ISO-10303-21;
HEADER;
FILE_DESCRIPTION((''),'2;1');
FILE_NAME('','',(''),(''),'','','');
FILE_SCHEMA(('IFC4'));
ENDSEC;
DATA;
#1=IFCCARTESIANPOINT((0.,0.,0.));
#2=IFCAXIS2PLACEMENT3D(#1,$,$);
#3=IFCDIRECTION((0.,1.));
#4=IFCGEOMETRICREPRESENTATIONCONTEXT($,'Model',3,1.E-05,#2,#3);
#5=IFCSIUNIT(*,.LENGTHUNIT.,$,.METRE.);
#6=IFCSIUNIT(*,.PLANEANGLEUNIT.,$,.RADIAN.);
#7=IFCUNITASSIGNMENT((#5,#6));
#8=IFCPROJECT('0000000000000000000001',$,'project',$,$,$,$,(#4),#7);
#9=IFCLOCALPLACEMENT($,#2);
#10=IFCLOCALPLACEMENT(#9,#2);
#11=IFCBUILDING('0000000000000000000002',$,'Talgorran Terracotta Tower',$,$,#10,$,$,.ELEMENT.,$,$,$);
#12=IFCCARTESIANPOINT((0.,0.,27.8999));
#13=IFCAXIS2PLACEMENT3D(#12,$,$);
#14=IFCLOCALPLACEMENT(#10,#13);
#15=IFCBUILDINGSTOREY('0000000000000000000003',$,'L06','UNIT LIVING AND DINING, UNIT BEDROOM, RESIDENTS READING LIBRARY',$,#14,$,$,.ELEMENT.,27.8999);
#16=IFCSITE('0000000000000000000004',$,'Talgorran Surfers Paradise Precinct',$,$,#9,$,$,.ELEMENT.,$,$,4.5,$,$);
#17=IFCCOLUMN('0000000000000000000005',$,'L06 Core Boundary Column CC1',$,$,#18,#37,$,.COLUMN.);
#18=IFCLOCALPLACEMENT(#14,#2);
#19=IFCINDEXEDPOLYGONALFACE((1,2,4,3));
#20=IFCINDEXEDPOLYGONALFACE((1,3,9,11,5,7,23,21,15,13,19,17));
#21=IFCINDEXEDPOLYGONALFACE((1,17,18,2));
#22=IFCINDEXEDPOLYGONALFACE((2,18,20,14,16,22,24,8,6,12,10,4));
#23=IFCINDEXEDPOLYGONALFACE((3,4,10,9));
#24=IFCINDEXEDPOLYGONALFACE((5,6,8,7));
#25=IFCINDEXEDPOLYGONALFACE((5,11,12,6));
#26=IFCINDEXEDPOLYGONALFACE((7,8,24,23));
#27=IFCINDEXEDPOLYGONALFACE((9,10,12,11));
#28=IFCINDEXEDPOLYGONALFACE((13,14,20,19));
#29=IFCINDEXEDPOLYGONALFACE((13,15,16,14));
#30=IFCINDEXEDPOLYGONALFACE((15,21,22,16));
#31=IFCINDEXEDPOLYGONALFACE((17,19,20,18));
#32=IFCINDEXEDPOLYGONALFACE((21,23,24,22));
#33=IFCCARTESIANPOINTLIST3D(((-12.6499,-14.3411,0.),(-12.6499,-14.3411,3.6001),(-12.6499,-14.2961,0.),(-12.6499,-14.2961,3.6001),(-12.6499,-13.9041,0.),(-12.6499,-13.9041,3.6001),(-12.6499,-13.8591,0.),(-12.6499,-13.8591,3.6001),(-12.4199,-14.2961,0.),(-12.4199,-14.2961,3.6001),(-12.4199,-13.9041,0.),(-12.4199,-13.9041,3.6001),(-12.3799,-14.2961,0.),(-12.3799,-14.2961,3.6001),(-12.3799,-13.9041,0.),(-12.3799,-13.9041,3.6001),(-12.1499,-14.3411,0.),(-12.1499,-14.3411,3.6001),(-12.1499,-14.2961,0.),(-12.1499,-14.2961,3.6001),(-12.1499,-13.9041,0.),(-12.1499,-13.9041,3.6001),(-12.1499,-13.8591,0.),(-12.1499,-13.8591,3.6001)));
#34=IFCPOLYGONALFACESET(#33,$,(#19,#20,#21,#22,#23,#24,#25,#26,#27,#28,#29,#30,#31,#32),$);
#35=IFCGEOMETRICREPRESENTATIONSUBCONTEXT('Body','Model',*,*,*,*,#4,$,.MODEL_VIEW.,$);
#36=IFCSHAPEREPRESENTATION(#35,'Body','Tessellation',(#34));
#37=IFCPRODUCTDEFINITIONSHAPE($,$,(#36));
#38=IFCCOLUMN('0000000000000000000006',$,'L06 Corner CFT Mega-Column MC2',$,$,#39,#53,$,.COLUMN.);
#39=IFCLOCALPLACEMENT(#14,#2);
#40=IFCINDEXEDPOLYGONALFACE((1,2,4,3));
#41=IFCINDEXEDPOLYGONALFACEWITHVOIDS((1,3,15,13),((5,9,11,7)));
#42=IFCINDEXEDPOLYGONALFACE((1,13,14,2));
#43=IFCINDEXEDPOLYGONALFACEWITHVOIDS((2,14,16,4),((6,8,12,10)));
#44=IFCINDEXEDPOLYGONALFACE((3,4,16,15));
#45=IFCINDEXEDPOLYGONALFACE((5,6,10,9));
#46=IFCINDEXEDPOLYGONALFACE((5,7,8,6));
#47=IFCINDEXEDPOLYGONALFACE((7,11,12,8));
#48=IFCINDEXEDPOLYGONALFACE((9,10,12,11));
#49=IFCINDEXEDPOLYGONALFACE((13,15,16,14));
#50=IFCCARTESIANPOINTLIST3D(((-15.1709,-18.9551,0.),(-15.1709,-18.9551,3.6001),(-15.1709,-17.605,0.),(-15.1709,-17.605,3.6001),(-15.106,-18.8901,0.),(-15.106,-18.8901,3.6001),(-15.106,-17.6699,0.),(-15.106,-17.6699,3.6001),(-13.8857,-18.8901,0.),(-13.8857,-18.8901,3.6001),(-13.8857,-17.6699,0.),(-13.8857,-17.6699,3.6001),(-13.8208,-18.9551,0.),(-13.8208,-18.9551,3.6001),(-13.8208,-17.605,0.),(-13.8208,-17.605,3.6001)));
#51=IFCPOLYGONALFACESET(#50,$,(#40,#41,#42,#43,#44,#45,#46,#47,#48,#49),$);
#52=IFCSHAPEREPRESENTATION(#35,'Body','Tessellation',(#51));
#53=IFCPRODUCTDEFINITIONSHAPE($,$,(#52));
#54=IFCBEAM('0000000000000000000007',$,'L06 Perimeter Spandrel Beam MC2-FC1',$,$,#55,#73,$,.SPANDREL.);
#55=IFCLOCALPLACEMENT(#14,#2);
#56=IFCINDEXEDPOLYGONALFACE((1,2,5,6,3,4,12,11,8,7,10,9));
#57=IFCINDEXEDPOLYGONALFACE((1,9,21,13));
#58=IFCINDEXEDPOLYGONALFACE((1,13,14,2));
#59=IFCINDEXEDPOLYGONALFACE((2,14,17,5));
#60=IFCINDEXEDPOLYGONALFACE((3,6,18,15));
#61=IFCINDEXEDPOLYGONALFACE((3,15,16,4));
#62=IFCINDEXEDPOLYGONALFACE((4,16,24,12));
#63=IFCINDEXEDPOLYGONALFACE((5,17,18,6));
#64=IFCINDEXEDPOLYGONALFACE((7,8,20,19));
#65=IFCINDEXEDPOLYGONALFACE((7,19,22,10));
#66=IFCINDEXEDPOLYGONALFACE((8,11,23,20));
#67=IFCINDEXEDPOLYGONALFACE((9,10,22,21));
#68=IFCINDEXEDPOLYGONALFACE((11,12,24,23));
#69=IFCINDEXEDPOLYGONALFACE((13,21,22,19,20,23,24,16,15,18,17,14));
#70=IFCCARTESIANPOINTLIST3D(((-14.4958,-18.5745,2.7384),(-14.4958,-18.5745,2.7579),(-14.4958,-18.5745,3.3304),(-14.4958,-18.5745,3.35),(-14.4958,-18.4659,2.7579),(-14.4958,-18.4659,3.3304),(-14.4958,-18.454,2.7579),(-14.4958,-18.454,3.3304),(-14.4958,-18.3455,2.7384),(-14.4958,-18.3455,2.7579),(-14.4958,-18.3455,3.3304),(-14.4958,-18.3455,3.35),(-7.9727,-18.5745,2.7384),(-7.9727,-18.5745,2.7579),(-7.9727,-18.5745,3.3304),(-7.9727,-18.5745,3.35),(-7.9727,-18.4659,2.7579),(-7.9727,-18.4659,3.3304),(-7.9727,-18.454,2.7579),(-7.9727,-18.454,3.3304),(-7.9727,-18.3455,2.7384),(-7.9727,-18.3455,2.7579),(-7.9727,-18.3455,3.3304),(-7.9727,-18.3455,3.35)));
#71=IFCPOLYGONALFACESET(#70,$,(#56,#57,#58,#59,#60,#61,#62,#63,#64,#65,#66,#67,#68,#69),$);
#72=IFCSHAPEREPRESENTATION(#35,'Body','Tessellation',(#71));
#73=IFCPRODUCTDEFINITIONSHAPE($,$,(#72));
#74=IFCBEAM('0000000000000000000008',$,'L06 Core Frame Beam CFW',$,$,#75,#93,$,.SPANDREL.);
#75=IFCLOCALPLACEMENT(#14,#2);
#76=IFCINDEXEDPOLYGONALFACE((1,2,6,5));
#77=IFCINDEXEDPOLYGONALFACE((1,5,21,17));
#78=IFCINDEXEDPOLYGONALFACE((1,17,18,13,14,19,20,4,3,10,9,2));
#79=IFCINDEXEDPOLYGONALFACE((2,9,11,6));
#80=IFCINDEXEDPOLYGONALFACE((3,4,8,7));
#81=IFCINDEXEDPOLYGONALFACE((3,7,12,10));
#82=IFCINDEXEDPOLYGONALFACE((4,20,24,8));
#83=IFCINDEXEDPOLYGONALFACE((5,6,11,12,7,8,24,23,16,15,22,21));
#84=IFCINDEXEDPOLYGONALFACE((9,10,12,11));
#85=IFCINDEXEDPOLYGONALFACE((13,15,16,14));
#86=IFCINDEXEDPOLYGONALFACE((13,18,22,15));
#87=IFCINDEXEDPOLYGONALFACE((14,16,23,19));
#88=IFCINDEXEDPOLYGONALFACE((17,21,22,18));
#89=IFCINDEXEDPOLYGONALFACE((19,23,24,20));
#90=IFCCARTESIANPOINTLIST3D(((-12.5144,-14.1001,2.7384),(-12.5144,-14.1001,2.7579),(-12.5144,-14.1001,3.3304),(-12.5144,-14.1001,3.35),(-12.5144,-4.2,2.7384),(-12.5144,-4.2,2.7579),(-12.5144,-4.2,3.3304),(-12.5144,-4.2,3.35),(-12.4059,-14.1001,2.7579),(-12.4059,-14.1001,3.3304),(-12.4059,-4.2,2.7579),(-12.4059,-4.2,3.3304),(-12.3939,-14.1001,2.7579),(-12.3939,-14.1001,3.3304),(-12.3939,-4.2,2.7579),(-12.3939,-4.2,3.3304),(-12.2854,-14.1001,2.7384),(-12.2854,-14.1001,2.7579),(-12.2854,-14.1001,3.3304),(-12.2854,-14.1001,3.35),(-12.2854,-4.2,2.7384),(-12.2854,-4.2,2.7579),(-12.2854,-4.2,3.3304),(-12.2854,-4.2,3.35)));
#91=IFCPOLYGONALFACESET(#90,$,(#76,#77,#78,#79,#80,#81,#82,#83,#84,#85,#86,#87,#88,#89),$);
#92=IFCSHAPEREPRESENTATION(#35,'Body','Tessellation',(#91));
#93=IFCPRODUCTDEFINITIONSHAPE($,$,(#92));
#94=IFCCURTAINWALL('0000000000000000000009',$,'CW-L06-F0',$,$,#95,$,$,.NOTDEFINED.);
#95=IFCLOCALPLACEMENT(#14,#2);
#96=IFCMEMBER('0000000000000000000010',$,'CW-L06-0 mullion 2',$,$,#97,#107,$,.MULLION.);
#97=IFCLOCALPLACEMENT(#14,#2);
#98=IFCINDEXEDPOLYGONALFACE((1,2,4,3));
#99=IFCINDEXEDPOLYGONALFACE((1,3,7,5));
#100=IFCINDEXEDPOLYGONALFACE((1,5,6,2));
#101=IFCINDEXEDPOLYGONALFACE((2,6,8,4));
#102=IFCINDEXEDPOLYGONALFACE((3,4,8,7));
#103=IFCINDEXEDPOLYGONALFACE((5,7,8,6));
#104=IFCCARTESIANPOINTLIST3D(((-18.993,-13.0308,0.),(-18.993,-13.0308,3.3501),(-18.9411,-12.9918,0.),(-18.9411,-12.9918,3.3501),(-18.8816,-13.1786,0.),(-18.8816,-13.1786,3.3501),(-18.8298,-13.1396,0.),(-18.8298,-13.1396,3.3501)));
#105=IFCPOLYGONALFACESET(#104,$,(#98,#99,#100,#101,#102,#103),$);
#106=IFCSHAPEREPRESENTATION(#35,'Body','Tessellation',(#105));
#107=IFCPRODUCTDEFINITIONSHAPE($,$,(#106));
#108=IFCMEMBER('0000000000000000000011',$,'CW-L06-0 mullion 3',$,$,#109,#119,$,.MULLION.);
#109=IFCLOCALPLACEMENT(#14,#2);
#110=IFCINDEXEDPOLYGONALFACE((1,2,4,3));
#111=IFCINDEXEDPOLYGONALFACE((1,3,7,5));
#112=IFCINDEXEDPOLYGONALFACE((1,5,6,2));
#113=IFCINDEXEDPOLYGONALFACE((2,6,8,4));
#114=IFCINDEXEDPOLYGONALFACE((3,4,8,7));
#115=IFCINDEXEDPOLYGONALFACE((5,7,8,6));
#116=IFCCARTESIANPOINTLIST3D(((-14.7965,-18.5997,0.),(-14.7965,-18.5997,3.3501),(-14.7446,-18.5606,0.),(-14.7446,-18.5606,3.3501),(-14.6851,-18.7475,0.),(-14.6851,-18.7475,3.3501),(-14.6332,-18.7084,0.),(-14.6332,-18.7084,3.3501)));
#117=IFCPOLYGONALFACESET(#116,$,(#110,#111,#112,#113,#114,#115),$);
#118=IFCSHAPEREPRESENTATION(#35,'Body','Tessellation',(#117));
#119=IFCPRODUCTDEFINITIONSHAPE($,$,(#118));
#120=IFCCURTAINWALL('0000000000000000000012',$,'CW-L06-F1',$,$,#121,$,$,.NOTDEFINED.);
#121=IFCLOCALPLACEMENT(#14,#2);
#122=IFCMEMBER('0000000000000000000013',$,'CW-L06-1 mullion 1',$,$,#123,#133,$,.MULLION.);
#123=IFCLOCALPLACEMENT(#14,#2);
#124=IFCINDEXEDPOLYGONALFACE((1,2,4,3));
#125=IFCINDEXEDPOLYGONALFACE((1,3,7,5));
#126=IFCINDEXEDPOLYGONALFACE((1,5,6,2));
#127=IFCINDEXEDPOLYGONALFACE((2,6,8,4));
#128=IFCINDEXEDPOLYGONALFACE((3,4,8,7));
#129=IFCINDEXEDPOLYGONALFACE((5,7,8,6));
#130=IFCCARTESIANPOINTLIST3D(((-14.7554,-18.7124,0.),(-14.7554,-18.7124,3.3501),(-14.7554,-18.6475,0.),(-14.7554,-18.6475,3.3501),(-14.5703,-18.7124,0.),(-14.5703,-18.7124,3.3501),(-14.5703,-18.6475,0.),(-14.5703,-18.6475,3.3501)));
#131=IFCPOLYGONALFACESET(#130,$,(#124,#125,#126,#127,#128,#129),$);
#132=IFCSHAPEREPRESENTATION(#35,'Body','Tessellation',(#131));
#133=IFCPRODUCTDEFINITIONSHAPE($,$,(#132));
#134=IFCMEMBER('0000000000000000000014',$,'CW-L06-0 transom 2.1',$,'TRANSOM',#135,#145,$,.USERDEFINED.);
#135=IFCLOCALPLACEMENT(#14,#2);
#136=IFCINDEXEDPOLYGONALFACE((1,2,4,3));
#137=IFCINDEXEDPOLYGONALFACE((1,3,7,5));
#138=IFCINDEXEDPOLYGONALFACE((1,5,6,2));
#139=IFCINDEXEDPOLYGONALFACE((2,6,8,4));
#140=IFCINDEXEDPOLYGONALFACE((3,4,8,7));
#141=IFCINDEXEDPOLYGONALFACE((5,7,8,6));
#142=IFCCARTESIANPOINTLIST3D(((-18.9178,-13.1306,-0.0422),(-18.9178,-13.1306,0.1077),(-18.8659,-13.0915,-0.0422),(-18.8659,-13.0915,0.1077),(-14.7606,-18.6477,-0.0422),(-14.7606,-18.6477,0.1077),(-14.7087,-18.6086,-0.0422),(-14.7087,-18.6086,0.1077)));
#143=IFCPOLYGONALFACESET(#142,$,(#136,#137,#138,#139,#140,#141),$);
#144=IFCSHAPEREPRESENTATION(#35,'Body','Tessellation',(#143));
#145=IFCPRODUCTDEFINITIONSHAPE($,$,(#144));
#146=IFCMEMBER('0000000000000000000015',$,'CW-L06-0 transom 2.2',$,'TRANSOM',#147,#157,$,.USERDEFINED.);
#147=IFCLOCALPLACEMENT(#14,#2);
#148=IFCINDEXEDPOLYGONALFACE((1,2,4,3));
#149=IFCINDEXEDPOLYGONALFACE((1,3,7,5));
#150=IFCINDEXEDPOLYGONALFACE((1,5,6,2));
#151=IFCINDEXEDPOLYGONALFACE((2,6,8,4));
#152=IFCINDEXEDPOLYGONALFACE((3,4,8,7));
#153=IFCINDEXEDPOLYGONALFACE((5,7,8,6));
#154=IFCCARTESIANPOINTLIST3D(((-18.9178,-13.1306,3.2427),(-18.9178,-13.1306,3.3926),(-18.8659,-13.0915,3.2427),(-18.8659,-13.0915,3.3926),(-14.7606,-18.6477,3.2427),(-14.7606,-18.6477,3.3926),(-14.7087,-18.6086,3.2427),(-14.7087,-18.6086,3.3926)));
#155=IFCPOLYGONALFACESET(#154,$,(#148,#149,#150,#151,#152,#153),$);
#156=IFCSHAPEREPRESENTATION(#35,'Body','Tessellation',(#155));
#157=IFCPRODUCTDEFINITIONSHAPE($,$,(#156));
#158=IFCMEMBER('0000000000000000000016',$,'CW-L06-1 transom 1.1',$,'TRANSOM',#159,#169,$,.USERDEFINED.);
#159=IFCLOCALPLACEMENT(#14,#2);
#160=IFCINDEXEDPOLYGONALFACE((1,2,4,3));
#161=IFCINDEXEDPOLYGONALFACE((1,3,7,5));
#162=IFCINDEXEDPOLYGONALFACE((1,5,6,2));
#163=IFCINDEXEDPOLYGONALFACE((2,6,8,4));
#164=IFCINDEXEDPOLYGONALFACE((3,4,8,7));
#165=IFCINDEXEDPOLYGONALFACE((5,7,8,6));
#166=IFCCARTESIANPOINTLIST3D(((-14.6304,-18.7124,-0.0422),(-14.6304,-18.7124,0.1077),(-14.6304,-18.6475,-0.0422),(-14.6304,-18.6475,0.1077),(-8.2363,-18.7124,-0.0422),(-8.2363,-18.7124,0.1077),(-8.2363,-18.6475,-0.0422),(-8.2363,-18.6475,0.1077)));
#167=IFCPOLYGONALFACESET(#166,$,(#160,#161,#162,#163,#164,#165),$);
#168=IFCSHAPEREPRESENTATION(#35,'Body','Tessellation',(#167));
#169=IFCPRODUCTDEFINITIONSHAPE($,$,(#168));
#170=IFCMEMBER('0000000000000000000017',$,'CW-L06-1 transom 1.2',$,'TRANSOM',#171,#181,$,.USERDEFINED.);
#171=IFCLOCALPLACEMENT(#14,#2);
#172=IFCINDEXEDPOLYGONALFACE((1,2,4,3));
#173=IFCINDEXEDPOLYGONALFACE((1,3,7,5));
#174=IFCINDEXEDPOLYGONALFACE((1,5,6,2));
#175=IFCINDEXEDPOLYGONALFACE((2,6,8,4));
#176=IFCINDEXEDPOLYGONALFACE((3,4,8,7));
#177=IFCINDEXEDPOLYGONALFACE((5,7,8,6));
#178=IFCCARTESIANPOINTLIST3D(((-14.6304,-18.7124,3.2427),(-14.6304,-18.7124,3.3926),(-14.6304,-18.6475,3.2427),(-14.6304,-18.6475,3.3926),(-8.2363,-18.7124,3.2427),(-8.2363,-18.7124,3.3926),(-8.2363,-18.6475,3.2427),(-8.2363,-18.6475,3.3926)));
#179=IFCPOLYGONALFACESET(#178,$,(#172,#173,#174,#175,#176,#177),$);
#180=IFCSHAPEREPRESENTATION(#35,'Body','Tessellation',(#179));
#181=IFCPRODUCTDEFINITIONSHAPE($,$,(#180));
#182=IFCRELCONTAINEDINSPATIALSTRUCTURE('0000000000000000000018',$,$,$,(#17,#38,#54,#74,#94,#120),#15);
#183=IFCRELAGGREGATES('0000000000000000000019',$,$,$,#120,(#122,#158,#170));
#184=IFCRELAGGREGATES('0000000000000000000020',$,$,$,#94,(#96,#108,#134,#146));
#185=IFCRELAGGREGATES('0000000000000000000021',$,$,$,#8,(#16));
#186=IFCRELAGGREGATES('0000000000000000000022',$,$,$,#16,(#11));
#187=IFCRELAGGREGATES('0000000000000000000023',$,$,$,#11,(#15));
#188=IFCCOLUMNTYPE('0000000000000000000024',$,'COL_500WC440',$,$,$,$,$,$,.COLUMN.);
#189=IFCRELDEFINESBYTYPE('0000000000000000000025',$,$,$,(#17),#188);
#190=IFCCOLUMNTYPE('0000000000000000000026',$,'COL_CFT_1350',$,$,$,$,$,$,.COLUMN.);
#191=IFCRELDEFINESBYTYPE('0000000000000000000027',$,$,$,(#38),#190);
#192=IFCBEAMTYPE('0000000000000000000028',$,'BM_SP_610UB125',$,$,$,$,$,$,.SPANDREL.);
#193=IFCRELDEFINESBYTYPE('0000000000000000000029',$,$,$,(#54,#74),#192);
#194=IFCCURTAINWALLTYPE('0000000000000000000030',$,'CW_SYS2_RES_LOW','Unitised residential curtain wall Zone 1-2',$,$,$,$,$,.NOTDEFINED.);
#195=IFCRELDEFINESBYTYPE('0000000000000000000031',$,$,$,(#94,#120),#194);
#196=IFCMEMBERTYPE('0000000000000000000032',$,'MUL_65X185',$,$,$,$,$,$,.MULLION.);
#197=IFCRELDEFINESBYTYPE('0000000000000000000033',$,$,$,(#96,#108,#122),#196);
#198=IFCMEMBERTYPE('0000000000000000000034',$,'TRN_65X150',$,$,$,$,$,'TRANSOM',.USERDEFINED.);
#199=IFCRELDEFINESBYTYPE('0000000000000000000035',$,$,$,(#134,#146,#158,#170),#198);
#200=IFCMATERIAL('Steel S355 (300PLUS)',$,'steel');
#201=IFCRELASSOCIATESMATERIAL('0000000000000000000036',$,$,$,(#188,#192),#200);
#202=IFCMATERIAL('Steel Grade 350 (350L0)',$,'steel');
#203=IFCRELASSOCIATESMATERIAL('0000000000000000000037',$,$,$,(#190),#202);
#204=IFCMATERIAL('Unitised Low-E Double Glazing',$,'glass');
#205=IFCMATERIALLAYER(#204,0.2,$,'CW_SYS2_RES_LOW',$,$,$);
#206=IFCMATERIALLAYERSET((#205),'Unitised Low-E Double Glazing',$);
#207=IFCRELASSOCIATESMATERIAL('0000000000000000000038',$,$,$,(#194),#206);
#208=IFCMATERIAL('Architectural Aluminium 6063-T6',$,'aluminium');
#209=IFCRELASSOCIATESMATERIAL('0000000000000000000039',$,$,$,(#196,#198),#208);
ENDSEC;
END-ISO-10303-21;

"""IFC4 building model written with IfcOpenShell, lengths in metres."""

from ifc_helpers import new_model, si_unit, direction, frame, origin, origin_2d, place, context, subcontext, project, spatial, rectangle, hollow_rectangle, i_section, extrude, material, layer, layer_set, material_profile, profile_set, type_object, element, aggregate, save


model = new_model("IFC4")

# Units and contexts
model_context = context("Model", 3, precision=1e-05, world=origin(), true_north=direction((0.0, 1.0)))
body_context = subcontext(model_context, "Body", "Model", "MODEL_VIEW")
ifc_project = project(units=[si_unit("LENGTHUNIT", "METRE"), si_unit("PLANEANGLEUNIT", "RADIAN")], contexts=[model_context])

# Site, building, storey
site_placement = place(None, origin())
site = spatial("IfcSite", under=ifc_project, at=site_placement, Name="Talgorran Surfers Paradise Precinct", CompositionType="ELEMENT", RefElevation=4.5)
building_placement = place(site_placement, origin())
building = spatial("IfcBuilding", under=site, at=building_placement, Name="Talgorran Terracotta Tower", CompositionType="ELEMENT")
storey_placement = place(building_placement, frame((0.0, 0.0, 27.8999)))
storey = spatial("IfcBuildingStorey", under=building, at=storey_placement, Name="L06", Description="UNIT LIVING AND DINING, UNIT BEDROOM, RESIDENTS READING LIBRARY", CompositionType="ELEMENT", Elevation=27.8999)

# Columns
ifc_material_1 = material(Name="Steel S355 (300PLUS)", Category="steel")
ifc_material_profile_1 = material_profile(ifc_material_1, i_section(OverallWidth=0.5, OverallDepth=0.4819, WebThickness=0.04, FlangeThickness=0.0449, at=origin_2d()), Name="500WC440")
ifc_profile_set_1 = profile_set([ifc_material_profile_1], Name="Steel S355 (300PLUS)")
column_type_1 = type_object("IfcColumnType", Name="COL_500WC440", PredefinedType="COLUMN", material=ifc_profile_set_1)
column_1_placement = place(storey_placement, frame((-12.3999, -14.1001, 0.0), z_axis=(0.0, 0.0, 1.0), x_axis=(1.0, 0.0, 0.0)))
element("IfcColumn", 1, at=column_1_placement, inside=storey, type_object=column_type_1, Name="L06 Core Boundary Column CC1", PredefinedType="COLUMN", context=body_context, shape_type="SweptSolid", body=[
    extrude(i_section(OverallWidth=0.5, OverallDepth=0.4819, WebThickness=0.04, FlangeThickness=0.0449, at=origin_2d()), origin(), (0.0, 0.0, 1.0), 3.6001),
])
ifc_material_2 = material(Name="Steel Grade 350 (350L0)", Category="steel")
ifc_material_profile_2 = material_profile(ifc_material_2, hollow_rectangle(XDim=1.3501, YDim=1.3501, WallThickness=0.0649, at=origin_2d()), Name="CFT1350X1350X65")
ifc_profile_set_2 = profile_set([ifc_material_profile_2], Name="Steel Grade 350 (350L0)")
column_type_2 = type_object("IfcColumnType", Name="COL_CFT_1350", PredefinedType="COLUMN", material=ifc_profile_set_2)
column_2_placement = place(storey_placement, frame((-14.4958, -18.28, 0.0), z_axis=(0.0, 0.0, 1.0), x_axis=(1.0, 0.0, 0.0)))
element("IfcColumn", 2, at=column_2_placement, inside=storey, type_object=column_type_2, Name="L06 Corner CFT Mega-Column MC2", PredefinedType="COLUMN", context=body_context, shape_type="SweptSolid", body=[
    extrude(hollow_rectangle(XDim=1.3501, YDim=1.3501, WallThickness=0.0649, at=origin_2d()), origin(), (0.0, 0.0, 1.0), 3.6001),
])

# Beams
ifc_material_profile_3 = material_profile(ifc_material_1, i_section(OverallWidth=0.229, OverallDepth=0.6116, WebThickness=0.012, FlangeThickness=0.0195, at=origin_2d()), Name="610UB125")
ifc_profile_set_3 = profile_set([ifc_material_profile_3], Name="Steel S355 (300PLUS)")
beam_type = type_object("IfcBeamType", Name="BM_SP_610UB125", PredefinedType="SPANDREL", material=ifc_profile_set_3)
beam_1_placement = place(storey_placement, frame((-14.4958, -18.46, 3.0442), z_axis=(1.0, 0.0, 0.0), x_axis=(0.0, 1.0, 0.0)))
element("IfcBeam", 3, at=beam_1_placement, inside=storey, type_object=beam_type, Name="L06 Perimeter Spandrel Beam MC2-FC1", PredefinedType="SPANDREL", context=body_context, shape_type="SweptSolid", body=[
    extrude(i_section(OverallWidth=0.229, OverallDepth=0.6116, WebThickness=0.012, FlangeThickness=0.0195, at=origin_2d()), origin(), (0.0, 0.0, 1.0), 6.5232),
])
beam_2_placement = place(storey_placement, frame((-12.3999, -14.1001, 3.0442), z_axis=(0.0, 1.0, 0.0), x_axis=(-1.0, 0.0, 0.0)))
element("IfcBeam", 4, at=beam_2_placement, inside=storey, type_object=beam_type, Name="L06 Core Frame Beam CFW", PredefinedType="SPANDREL", context=body_context, shape_type="SweptSolid", body=[
    extrude(i_section(OverallWidth=0.229, OverallDepth=0.6116, WebThickness=0.012, FlangeThickness=0.0195, at=origin_2d()), origin(), (0.0, 0.0, 1.0), 9.9001),
])

# Curtain wall, members
ifc_material_3 = material(Name="Unitised Low-E Double Glazing", Category="glass")
ifc_layer_1 = layer(ifc_material_3, 0.2, Name="CW_SYS2_RES_LOW")
ifc_layer_set_1 = layer_set([ifc_layer_1], Name="Unitised Low-E Double Glazing")
curtain_wall_type = type_object("IfcCurtainWallType", Name="CW_SYS2_RES_LOW", Description="Unitised residential curtain wall Zone 1-2", PredefinedType="NOTDEFINED", material=ifc_layer_set_1)
curtain_wall_1_placement = place(storey_placement, origin())
curtain_wall_1 = element("IfcCurtainWall", 5, at=curtain_wall_1_placement, inside=storey, type_object=curtain_wall_type, Name="CW-L06-F0", PredefinedType="NOTDEFINED")
ifc_material_4 = material(Name="Architectural Aluminium 6063-T6", Category="aluminium")
ifc_material_profile_4 = material_profile(ifc_material_4, rectangle(XDim=0.0649, YDim=0.1851, at=origin_2d()), Name="CWM65X185")
ifc_profile_set_4 = profile_set([ifc_material_profile_4], Name="Architectural Aluminium 6063-T6")
member_type_1 = type_object("IfcMemberType", Name="MUL_65X185", PredefinedType="MULLION", material=ifc_profile_set_4)
member_1_placement = place(storey_placement, frame((-18.9114, -13.0852, 0.0), z_axis=(0.0, 0.0, 1.0), x_axis=(0.798638, 0.601812, 0.0)))
member_1 = element("IfcMember", 6, at=member_1_placement, type_object=member_type_1, Name="CW-L06-0 mullion 2", PredefinedType="MULLION", context=body_context, shape_type="SweptSolid", body=[
    extrude(rectangle(XDim=0.0649, YDim=0.1851, at=origin_2d()), origin(), (0.0, 0.0, 1.0), 3.3501),
])
member_2_placement = place(storey_placement, frame((-14.7148, -18.6541, 0.0), z_axis=(0.0, 0.0, 1.0), x_axis=(0.798638, 0.601812, 0.0)))
member_2 = element("IfcMember", 7, at=member_2_placement, type_object=member_type_1, Name="CW-L06-0 mullion 3", PredefinedType="MULLION", context=body_context, shape_type="SweptSolid", body=[
    extrude(rectangle(XDim=0.0649, YDim=0.1851, at=origin_2d()), origin(), (0.0, 0.0, 1.0), 3.3501),
])

# Curtain wall, member
curtain_wall_2_placement = place(storey_placement, origin())
curtain_wall_2 = element("IfcCurtainWall", 8, at=curtain_wall_2_placement, inside=storey, type_object=curtain_wall_type, Name="CW-L06-F1", PredefinedType="NOTDEFINED")
member_3_placement = place(storey_placement, frame((-14.6628, -18.6799, 0.0), z_axis=(0.0, 0.0, 1.0), x_axis=(0.0, 1.0, 0.0)))
member_3 = element("IfcMember", 9, at=member_3_placement, type_object=member_type_1, Name="CW-L06-1 mullion 1", PredefinedType="MULLION", context=body_context, shape_type="SweptSolid", body=[
    extrude(rectangle(XDim=0.0649, YDim=0.1851, at=origin_2d()), origin(), (0.0, 0.0, 1.0), 3.3501),
])

# Members
ifc_material_profile_5 = material_profile(ifc_material_4, rectangle(XDim=0.0649, YDim=0.1499, at=origin_2d()), Name="CWT65X150")
ifc_profile_set_5 = profile_set([ifc_material_profile_5], Name="Architectural Aluminium 6063-T6")
member_type_2 = type_object("IfcMemberType", Name="TRN_65X150", ElementType="TRANSOM", PredefinedType="USERDEFINED", material=ifc_profile_set_5)
member_4_placement = place(storey_placement, frame((-18.8918, -13.1111, 0.0327), z_axis=(0.601797, -0.798649, 0.0), x_axis=(0.798649, 0.601797, 0.0)))
member_4 = element("IfcMember", 10, at=member_4_placement, type_object=member_type_2, Name="CW-L06-0 transom 2.1", ObjectType="TRANSOM", PredefinedType="USERDEFINED", context=body_context, shape_type="SweptSolid", body=[
    extrude(rectangle(XDim=0.0649, YDim=0.1499, at=origin_2d()), origin(), (0.0, 0.0, 1.0), 6.908),
])
member_5_placement = place(storey_placement, frame((-18.8918, -13.1111, 3.3176), z_axis=(0.601797, -0.798649, 0.0), x_axis=(0.798649, 0.601797, 0.0)))
member_5 = element("IfcMember", 11, at=member_5_placement, type_object=member_type_2, Name="CW-L06-0 transom 2.2", ObjectType="TRANSOM", PredefinedType="USERDEFINED", context=body_context, shape_type="SweptSolid", body=[
    extrude(rectangle(XDim=0.0649, YDim=0.1499, at=origin_2d()), origin(), (0.0, 0.0, 1.0), 6.908),
])
member_6_placement = place(storey_placement, frame((-14.6304, -18.6799, 0.0327), z_axis=(1.0, 0.0, 0.0), x_axis=(0.0, 1.0, 0.0)))
member_6 = element("IfcMember", 12, at=member_6_placement, type_object=member_type_2, Name="CW-L06-1 transom 1.1", ObjectType="TRANSOM", PredefinedType="USERDEFINED", context=body_context, shape_type="SweptSolid", body=[
    extrude(rectangle(XDim=0.0649, YDim=0.1499, at=origin_2d()), origin(), (0.0, 0.0, 1.0), 6.394),
])
member_7_placement = place(storey_placement, frame((-14.6304, -18.6799, 3.3176), z_axis=(1.0, 0.0, 0.0), x_axis=(0.0, 1.0, 0.0)))
member_7 = element("IfcMember", 13, at=member_7_placement, type_object=member_type_2, Name="CW-L06-1 transom 1.2", ObjectType="TRANSOM", PredefinedType="USERDEFINED", context=body_context, shape_type="SweptSolid", body=[
    extrude(rectangle(XDim=0.0649, YDim=0.1499, at=origin_2d()), origin(), (0.0, 0.0, 1.0), 6.394),
])
aggregate(curtain_wall_2, [member_3, member_6, member_7])

aggregate(curtain_wall_1, [member_1, member_2, member_4, member_5])

save(model, "model.ifc")
